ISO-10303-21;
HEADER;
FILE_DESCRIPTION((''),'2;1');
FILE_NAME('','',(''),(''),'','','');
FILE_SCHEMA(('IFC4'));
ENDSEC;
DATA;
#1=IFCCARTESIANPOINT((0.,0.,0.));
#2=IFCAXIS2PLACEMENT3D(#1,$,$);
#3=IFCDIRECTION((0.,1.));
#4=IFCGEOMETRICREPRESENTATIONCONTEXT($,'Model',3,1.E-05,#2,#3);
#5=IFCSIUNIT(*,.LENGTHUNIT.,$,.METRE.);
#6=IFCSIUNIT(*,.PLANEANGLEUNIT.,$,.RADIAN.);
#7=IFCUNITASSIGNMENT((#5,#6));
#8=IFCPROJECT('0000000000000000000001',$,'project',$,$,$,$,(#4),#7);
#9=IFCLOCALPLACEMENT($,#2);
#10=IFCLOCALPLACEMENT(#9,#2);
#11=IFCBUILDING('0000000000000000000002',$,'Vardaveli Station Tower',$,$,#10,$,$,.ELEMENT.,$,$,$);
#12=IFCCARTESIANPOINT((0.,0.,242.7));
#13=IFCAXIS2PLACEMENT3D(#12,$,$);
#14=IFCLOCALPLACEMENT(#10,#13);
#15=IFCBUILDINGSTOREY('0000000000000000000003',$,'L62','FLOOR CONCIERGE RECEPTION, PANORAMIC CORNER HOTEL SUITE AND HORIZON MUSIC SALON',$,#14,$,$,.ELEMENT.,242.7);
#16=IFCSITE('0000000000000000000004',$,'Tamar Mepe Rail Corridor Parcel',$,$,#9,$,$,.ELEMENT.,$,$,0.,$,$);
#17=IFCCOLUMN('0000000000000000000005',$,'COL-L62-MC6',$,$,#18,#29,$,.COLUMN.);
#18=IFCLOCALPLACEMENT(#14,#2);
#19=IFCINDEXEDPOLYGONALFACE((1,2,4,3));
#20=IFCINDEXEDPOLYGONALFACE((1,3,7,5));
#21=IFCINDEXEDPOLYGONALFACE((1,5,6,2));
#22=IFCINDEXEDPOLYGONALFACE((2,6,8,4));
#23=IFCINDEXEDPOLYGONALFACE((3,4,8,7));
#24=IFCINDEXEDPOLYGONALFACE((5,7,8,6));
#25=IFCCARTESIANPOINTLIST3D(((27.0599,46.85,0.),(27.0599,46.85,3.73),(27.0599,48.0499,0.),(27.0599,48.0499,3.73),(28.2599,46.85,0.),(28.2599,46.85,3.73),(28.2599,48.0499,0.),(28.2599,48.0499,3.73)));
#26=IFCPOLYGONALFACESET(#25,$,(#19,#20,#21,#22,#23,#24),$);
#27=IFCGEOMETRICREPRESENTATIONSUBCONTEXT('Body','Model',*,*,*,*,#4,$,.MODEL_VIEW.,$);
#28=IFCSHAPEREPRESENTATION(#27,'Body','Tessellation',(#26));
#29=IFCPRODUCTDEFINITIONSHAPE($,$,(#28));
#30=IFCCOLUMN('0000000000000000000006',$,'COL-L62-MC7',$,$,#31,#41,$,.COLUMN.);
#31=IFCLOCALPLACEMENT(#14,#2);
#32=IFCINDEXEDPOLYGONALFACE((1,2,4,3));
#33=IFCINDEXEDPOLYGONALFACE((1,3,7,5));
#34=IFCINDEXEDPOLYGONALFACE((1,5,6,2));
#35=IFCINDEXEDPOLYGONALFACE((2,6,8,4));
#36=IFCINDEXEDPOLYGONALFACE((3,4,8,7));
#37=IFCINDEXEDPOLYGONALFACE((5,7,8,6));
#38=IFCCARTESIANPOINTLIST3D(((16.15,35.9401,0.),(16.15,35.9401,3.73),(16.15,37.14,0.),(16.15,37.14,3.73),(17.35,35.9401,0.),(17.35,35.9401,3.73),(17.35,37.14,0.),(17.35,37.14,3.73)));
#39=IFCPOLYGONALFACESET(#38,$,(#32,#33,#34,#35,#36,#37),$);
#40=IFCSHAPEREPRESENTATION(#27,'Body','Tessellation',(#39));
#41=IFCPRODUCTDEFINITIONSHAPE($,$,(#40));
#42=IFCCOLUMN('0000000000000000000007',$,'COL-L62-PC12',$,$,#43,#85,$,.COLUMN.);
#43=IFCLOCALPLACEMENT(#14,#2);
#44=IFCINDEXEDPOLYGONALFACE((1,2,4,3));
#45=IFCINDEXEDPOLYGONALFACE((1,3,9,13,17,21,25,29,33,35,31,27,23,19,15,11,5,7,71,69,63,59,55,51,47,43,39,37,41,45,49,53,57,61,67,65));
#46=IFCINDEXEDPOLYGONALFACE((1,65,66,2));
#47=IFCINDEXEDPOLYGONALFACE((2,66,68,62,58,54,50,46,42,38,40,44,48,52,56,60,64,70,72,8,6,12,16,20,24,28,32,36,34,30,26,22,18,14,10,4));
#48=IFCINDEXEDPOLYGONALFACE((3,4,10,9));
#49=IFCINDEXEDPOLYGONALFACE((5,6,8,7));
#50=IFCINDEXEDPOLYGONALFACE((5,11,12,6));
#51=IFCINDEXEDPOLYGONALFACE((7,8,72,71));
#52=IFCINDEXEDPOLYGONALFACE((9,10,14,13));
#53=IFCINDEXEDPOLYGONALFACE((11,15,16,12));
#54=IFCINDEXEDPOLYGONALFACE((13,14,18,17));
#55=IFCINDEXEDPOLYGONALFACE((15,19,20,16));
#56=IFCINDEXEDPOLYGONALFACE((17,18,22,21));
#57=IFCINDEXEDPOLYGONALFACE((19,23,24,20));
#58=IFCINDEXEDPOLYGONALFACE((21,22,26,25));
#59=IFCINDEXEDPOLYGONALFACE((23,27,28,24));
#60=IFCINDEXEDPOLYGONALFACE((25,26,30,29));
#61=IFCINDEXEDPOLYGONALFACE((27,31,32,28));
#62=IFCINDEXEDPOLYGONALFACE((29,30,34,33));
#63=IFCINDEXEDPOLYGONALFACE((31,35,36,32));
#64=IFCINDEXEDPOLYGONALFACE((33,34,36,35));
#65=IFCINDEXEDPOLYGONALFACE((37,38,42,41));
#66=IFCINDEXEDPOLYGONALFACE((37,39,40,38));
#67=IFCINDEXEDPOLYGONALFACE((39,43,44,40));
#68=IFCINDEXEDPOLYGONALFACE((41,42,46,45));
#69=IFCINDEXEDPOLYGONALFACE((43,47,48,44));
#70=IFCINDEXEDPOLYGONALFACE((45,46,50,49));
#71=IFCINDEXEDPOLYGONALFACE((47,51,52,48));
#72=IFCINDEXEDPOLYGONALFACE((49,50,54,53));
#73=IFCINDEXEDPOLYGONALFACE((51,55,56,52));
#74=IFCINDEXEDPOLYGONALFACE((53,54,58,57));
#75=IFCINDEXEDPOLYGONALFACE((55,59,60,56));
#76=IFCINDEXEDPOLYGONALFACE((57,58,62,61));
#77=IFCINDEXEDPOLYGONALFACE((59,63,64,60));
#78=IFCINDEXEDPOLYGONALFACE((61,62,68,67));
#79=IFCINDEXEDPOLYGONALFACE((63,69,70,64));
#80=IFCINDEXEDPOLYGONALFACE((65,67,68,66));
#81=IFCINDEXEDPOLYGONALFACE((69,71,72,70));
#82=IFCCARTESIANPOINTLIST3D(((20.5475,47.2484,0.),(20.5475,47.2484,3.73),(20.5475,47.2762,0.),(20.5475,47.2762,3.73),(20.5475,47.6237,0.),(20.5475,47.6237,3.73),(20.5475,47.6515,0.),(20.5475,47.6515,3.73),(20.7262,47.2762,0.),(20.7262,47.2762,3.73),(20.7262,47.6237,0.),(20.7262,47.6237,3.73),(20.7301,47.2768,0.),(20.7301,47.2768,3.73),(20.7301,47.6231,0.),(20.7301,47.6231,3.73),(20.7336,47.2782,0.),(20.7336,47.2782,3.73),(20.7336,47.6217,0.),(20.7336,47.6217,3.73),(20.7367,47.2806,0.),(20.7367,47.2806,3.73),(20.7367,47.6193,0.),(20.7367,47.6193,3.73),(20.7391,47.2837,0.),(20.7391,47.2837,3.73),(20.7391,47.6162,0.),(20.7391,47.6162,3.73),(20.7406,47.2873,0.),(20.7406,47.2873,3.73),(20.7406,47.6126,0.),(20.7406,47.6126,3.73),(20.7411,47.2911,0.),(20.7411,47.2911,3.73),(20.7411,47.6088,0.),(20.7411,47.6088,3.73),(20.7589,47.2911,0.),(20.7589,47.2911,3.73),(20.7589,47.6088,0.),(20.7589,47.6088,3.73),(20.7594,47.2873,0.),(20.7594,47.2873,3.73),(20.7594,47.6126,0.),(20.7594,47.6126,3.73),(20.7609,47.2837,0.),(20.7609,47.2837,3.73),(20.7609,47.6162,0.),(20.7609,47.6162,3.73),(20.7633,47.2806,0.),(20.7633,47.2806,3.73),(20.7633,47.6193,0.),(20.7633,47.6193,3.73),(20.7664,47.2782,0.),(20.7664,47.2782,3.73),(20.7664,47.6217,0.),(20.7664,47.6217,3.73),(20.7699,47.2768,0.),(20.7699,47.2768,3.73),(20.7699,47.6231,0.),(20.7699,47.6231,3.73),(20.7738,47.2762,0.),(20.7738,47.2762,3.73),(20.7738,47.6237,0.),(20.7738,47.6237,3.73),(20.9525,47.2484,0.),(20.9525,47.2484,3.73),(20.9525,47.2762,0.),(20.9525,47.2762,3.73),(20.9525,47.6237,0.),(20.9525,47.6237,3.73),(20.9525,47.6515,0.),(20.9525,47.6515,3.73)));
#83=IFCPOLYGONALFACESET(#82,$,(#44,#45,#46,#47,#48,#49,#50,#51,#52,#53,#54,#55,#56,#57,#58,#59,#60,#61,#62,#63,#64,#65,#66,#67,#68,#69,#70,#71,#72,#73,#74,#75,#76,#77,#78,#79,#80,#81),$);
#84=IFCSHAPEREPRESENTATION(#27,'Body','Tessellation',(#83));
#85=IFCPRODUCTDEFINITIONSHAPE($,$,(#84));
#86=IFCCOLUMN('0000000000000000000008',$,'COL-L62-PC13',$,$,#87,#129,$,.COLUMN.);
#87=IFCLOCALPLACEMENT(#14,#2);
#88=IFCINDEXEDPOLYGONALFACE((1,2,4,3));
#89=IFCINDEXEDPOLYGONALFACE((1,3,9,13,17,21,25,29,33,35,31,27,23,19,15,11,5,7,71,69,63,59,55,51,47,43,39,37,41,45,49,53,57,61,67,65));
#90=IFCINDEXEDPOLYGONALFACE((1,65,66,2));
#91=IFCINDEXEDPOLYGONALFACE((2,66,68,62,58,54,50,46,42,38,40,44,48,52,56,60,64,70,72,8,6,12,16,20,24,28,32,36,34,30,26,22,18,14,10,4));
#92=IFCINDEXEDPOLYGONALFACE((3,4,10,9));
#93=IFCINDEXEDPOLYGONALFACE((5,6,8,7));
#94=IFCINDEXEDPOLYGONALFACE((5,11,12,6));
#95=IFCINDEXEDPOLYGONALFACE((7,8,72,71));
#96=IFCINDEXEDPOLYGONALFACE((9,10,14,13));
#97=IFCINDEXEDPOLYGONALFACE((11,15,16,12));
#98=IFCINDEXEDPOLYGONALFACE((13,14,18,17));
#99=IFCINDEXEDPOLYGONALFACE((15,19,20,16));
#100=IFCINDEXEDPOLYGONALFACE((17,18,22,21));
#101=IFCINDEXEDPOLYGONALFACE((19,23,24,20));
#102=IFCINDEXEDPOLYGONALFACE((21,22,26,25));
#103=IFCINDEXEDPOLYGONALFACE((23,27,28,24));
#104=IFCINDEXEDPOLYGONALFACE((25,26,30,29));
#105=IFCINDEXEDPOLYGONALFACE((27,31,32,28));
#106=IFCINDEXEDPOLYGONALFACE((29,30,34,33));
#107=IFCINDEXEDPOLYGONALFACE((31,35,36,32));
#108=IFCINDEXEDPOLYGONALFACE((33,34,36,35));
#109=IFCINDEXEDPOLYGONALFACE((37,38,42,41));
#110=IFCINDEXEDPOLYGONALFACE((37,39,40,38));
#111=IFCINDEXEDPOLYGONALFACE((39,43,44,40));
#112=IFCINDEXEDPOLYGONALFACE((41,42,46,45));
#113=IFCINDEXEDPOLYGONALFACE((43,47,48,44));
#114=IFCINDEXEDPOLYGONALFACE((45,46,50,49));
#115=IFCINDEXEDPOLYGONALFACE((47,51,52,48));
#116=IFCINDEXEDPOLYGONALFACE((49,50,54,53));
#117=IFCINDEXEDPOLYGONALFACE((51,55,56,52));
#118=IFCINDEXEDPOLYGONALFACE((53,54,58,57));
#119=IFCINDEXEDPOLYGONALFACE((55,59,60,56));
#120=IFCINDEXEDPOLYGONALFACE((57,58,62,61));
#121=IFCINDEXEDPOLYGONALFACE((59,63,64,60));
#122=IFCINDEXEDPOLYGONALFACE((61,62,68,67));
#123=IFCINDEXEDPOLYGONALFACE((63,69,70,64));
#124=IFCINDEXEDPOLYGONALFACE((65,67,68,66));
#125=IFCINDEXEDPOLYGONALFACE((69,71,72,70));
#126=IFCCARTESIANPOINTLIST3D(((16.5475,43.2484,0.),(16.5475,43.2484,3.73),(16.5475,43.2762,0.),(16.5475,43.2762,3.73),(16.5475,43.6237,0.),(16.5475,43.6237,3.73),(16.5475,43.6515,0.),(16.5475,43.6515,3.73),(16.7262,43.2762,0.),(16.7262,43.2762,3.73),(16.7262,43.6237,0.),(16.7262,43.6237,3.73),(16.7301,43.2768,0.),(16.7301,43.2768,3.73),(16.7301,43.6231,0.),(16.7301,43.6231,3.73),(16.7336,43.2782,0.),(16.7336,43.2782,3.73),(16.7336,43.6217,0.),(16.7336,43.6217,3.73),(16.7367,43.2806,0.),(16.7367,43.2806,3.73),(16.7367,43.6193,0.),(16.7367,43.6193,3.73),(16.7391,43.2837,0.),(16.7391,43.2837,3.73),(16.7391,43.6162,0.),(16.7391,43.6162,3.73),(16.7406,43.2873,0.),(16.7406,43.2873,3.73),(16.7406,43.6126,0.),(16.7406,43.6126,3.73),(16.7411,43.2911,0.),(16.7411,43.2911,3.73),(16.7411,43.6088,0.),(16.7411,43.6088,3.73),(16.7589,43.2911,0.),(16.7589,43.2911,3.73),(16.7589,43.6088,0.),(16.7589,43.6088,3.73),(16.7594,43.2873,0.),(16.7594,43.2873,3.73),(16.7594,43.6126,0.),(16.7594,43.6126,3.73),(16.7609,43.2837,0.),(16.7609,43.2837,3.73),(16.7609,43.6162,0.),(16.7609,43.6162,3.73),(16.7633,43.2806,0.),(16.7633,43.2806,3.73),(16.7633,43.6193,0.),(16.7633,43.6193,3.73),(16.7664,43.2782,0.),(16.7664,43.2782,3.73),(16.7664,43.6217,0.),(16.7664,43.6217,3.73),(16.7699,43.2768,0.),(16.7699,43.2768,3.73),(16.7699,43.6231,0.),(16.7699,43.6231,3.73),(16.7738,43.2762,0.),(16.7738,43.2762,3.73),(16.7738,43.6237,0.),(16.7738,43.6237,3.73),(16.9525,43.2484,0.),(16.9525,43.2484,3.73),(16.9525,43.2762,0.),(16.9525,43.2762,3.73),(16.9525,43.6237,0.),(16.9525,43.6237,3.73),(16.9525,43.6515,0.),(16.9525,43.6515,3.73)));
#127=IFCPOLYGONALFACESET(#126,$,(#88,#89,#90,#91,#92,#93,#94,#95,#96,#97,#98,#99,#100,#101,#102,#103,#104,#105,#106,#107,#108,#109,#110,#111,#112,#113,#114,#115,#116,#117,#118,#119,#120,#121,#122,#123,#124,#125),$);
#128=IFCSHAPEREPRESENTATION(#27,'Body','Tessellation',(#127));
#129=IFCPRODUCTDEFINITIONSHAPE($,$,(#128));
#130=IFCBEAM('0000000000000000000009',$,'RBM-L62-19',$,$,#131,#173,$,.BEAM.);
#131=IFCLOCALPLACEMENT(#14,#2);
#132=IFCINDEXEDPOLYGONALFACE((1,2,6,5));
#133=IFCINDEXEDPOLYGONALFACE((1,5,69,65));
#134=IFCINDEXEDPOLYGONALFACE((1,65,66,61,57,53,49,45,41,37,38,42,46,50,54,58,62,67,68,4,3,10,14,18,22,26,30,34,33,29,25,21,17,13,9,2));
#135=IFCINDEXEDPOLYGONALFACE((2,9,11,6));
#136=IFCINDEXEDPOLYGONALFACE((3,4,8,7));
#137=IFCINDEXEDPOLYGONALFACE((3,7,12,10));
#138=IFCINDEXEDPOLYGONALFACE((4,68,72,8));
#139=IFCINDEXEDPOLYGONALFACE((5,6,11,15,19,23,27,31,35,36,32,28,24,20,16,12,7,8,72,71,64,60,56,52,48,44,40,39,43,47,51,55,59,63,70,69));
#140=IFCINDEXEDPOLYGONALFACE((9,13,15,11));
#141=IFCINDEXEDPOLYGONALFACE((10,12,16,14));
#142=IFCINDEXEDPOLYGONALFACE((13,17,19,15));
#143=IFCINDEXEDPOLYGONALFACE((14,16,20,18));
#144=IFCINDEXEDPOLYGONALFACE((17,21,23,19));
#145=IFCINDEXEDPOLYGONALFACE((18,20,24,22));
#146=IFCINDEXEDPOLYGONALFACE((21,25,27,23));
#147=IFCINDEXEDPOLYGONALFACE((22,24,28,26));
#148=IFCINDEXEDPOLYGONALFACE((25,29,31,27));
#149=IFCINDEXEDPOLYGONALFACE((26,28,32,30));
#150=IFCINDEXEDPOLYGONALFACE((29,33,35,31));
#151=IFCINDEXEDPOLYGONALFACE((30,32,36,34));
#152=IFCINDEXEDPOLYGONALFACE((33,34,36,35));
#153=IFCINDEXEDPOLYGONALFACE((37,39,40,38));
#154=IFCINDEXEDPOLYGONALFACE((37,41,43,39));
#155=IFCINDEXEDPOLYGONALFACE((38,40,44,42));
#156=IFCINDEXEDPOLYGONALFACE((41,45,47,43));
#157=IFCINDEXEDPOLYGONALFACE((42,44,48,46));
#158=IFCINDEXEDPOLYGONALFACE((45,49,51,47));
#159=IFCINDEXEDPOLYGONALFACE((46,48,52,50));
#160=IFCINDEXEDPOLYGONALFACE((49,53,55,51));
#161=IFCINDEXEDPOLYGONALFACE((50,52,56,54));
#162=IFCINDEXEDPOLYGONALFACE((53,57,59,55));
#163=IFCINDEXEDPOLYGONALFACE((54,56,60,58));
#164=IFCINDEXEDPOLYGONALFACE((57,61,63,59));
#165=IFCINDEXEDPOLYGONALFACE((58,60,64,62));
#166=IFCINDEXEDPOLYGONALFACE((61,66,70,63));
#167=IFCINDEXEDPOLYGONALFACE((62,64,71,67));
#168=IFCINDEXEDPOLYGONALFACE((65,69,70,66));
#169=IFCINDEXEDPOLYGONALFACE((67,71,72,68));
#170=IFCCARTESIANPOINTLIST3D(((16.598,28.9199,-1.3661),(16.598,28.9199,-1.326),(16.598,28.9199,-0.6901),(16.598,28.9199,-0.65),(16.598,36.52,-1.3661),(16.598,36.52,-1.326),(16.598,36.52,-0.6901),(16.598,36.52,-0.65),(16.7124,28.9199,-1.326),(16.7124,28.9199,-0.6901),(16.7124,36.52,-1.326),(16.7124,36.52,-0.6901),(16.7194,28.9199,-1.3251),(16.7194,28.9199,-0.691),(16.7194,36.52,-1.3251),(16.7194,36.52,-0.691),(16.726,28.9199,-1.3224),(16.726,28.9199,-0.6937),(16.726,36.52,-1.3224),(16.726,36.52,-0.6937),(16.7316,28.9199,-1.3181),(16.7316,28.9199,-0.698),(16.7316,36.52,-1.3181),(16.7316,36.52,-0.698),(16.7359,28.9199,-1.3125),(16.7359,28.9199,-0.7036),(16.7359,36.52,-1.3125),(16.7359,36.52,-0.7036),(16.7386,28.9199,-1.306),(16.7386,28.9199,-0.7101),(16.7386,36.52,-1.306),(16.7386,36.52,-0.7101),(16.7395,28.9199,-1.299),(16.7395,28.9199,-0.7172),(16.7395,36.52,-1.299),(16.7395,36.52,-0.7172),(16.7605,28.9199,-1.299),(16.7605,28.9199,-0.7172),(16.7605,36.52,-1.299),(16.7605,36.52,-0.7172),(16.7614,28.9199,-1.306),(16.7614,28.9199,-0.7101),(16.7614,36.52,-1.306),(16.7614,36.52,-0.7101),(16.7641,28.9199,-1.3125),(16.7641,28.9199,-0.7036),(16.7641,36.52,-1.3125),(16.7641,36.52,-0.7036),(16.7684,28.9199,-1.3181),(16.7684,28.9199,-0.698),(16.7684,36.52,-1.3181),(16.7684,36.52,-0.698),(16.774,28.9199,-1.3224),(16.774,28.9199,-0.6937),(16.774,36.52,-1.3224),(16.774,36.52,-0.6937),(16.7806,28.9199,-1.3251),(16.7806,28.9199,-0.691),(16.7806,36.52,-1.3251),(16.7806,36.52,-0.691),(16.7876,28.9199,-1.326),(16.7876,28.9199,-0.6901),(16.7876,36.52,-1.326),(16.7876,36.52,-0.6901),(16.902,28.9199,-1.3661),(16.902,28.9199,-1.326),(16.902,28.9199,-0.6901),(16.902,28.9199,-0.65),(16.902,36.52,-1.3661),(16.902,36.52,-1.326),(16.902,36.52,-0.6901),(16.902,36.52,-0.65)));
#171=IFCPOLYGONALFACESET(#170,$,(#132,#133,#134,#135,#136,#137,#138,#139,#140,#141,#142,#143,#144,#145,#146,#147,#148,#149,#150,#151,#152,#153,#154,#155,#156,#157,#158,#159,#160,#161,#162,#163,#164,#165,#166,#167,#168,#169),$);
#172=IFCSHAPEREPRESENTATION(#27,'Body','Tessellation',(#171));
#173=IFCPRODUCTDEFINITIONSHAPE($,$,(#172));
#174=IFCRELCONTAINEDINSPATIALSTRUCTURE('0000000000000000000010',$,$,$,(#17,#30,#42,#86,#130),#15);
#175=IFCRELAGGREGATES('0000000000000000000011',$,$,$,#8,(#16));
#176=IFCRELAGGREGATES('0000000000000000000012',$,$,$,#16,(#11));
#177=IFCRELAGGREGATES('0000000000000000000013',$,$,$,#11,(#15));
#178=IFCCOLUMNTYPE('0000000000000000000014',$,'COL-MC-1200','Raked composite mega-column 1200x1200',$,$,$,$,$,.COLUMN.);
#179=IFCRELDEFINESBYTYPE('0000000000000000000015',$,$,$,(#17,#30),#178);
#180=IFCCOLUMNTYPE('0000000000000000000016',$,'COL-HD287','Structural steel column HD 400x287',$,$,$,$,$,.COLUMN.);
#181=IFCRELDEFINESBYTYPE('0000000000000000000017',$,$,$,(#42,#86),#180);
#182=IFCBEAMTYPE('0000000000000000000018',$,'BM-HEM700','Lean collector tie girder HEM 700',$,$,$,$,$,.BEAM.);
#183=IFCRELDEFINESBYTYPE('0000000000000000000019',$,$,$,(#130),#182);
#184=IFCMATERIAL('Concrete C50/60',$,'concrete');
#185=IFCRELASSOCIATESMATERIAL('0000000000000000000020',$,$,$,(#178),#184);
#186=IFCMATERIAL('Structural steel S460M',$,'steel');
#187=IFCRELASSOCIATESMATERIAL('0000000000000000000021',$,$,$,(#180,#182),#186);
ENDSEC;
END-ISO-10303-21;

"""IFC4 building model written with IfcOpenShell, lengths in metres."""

from ifc_helpers import new_model, si_unit, direction, frame, origin, origin_2d, place, context, subcontext, project, spatial, rectangle, i_section, extrude, source, transform, mapped, material, material_profile, profile_set, type_object, element, save


model = new_model("IFC4")

# Units and contexts
model_context = context("Model", 3, precision=1e-05, world=origin(), true_north=direction((0.0, 1.0)))
body_context = subcontext(model_context, "Body", "Model", "MODEL_VIEW")
ifc_project = project(units=[si_unit("LENGTHUNIT", "METRE"), si_unit("PLANEANGLEUNIT", "RADIAN")], contexts=[model_context])

# Site, building, storey
site_placement = place(None, origin())
site = spatial("IfcSite", under=ifc_project, at=site_placement, Name="Tamar Mepe Rail Corridor Parcel", CompositionType="ELEMENT", RefElevation=0.0)
building_placement = place(site_placement, origin())
building = spatial("IfcBuilding", under=site, at=building_placement, Name="Vardaveli Station Tower", CompositionType="ELEMENT")
storey_placement = place(building_placement, frame((0.0, 0.0, 242.7)))
storey = spatial("IfcBuildingStorey", under=building, at=storey_placement, Name="L62", Description="FLOOR CONCIERGE RECEPTION, PANORAMIC CORNER HOTEL SUITE AND HORIZON MUSIC SALON", CompositionType="ELEMENT", Elevation=242.7)

# Columns
ifc_material_1 = material(Name="Concrete C50/60", Category="concrete")
ifc_material_profile_1 = material_profile(ifc_material_1, rectangle(XDim=1.2, YDim=1.2, at=origin_2d()), Name="MC 1200x1200")
ifc_profile_set_1 = profile_set([ifc_material_profile_1], Name="Concrete C50/60")
column_type_1 = type_object("IfcColumnType", Name="COL-MC-1200", Description="Raked composite mega-column 1200x1200", PredefinedType="COLUMN", material=ifc_profile_set_1)
shared_shape_1 = source(origin(), body_context, "Body", "SweptSolid", [
    extrude(rectangle(XDim=1.2, YDim=1.2, at=origin_2d()), origin(), (0.0, 0.0, 1.0), 3.73),
])
for number, where, z_axis, x_axis, name in (
    (1, (27.6599, 47.45, 0.0), (0.0, 0.0, 1.0), (1.0, 0.0, 0.0), "COL-L62-MC6"),
    (2, (16.75, 36.54, 0.0), (0.0, 0.0, 1.0), (1.0, 0.0, 0.0), "COL-L62-MC7"),
):
    element("IfcColumn", number, at=place(storey_placement, frame(where, z_axis=z_axis, x_axis=x_axis)), inside=storey, type_object=column_type_1, Name=name, PredefinedType="COLUMN", context=body_context, shape_type="MappedRepresentation", body=[
        mapped(shared_shape_1, transform((0.0, 0.0, 0.0), scale=1.0)),
    ])
ifc_material_2 = material(Name="Structural steel S460M", Category="steel")
ifc_material_profile_2 = material_profile(ifc_material_2, i_section(OverallWidth=0.405, OverallDepth=0.4031, WebThickness=0.0178, FlangeThickness=0.0278, FilletRadius=0.0149, at=origin_2d()), Name="HD 400x287")
ifc_profile_set_2 = profile_set([ifc_material_profile_2], Name="Structural steel S460M")
column_type_2 = type_object("IfcColumnType", Name="COL-HD287", Description="Structural steel column HD 400x287", PredefinedType="COLUMN", material=ifc_profile_set_2)
shared_shape_2 = source(origin(), body_context, "Body", "SweptSolid", [
    extrude(i_section(OverallWidth=0.405, OverallDepth=0.4031, WebThickness=0.0178, FlangeThickness=0.0278, FilletRadius=0.0149, at=origin_2d()), origin(), (0.0, 0.0, 1.0), 3.73),
])
for number, where, z_axis, x_axis, name in (
    (3, (20.75, 47.45, 0.0), (0.0, 0.0, 1.0), (1.0, 0.0, 0.0), "COL-L62-PC12"),
    (4, (16.75, 43.45, 0.0), (0.0, 0.0, 1.0), (1.0, 0.0, 0.0), "COL-L62-PC13"),
):
    element("IfcColumn", number, at=place(storey_placement, frame(where, z_axis=z_axis, x_axis=x_axis)), inside=storey, type_object=column_type_2, Name=name, PredefinedType="COLUMN", context=body_context, shape_type="MappedRepresentation", body=[
        mapped(shared_shape_2, transform((0.0, 0.0, 0.0), scale=1.0)),
    ])

# Beam
ifc_material_profile_3 = material_profile(ifc_material_2, i_section(OverallWidth=0.304, OverallDepth=0.7161, WebThickness=0.021, FlangeThickness=0.04, FilletRadius=0.0271, at=origin_2d()), Name="HEM 700")
ifc_profile_set_3 = profile_set([ifc_material_profile_3], Name="Structural steel S460M")
beam_type_1 = type_object("IfcBeamType", Name="BM-HEM700", Description="Lean collector tie girder HEM 700", PredefinedType="BEAM", material=ifc_profile_set_3)
shared_shape_3 = source(origin(), body_context, "Body", "SweptSolid", [
    extrude(i_section(OverallWidth=0.304, OverallDepth=0.7161, WebThickness=0.021, FlangeThickness=0.04, FilletRadius=0.0271, at=origin_2d()), origin(), (0.0, 0.0, 1.0), 7.6001),
])
beam_1_placement = place(storey_placement, frame((16.75, 36.52, -1.0081), z_axis=(0.0, -1.0, 0.0), x_axis=(1.0, 0.0, 0.0)))
element("IfcBeam", 5, at=beam_1_placement, inside=storey, type_object=beam_type_1, Name="RBM-L62-19", PredefinedType="BEAM", context=body_context, shape_type="MappedRepresentation", body=[
    mapped(shared_shape_3, transform((0.0, 0.0, 0.0), scale=1.0)),
])

save(model, "model.ifc")
